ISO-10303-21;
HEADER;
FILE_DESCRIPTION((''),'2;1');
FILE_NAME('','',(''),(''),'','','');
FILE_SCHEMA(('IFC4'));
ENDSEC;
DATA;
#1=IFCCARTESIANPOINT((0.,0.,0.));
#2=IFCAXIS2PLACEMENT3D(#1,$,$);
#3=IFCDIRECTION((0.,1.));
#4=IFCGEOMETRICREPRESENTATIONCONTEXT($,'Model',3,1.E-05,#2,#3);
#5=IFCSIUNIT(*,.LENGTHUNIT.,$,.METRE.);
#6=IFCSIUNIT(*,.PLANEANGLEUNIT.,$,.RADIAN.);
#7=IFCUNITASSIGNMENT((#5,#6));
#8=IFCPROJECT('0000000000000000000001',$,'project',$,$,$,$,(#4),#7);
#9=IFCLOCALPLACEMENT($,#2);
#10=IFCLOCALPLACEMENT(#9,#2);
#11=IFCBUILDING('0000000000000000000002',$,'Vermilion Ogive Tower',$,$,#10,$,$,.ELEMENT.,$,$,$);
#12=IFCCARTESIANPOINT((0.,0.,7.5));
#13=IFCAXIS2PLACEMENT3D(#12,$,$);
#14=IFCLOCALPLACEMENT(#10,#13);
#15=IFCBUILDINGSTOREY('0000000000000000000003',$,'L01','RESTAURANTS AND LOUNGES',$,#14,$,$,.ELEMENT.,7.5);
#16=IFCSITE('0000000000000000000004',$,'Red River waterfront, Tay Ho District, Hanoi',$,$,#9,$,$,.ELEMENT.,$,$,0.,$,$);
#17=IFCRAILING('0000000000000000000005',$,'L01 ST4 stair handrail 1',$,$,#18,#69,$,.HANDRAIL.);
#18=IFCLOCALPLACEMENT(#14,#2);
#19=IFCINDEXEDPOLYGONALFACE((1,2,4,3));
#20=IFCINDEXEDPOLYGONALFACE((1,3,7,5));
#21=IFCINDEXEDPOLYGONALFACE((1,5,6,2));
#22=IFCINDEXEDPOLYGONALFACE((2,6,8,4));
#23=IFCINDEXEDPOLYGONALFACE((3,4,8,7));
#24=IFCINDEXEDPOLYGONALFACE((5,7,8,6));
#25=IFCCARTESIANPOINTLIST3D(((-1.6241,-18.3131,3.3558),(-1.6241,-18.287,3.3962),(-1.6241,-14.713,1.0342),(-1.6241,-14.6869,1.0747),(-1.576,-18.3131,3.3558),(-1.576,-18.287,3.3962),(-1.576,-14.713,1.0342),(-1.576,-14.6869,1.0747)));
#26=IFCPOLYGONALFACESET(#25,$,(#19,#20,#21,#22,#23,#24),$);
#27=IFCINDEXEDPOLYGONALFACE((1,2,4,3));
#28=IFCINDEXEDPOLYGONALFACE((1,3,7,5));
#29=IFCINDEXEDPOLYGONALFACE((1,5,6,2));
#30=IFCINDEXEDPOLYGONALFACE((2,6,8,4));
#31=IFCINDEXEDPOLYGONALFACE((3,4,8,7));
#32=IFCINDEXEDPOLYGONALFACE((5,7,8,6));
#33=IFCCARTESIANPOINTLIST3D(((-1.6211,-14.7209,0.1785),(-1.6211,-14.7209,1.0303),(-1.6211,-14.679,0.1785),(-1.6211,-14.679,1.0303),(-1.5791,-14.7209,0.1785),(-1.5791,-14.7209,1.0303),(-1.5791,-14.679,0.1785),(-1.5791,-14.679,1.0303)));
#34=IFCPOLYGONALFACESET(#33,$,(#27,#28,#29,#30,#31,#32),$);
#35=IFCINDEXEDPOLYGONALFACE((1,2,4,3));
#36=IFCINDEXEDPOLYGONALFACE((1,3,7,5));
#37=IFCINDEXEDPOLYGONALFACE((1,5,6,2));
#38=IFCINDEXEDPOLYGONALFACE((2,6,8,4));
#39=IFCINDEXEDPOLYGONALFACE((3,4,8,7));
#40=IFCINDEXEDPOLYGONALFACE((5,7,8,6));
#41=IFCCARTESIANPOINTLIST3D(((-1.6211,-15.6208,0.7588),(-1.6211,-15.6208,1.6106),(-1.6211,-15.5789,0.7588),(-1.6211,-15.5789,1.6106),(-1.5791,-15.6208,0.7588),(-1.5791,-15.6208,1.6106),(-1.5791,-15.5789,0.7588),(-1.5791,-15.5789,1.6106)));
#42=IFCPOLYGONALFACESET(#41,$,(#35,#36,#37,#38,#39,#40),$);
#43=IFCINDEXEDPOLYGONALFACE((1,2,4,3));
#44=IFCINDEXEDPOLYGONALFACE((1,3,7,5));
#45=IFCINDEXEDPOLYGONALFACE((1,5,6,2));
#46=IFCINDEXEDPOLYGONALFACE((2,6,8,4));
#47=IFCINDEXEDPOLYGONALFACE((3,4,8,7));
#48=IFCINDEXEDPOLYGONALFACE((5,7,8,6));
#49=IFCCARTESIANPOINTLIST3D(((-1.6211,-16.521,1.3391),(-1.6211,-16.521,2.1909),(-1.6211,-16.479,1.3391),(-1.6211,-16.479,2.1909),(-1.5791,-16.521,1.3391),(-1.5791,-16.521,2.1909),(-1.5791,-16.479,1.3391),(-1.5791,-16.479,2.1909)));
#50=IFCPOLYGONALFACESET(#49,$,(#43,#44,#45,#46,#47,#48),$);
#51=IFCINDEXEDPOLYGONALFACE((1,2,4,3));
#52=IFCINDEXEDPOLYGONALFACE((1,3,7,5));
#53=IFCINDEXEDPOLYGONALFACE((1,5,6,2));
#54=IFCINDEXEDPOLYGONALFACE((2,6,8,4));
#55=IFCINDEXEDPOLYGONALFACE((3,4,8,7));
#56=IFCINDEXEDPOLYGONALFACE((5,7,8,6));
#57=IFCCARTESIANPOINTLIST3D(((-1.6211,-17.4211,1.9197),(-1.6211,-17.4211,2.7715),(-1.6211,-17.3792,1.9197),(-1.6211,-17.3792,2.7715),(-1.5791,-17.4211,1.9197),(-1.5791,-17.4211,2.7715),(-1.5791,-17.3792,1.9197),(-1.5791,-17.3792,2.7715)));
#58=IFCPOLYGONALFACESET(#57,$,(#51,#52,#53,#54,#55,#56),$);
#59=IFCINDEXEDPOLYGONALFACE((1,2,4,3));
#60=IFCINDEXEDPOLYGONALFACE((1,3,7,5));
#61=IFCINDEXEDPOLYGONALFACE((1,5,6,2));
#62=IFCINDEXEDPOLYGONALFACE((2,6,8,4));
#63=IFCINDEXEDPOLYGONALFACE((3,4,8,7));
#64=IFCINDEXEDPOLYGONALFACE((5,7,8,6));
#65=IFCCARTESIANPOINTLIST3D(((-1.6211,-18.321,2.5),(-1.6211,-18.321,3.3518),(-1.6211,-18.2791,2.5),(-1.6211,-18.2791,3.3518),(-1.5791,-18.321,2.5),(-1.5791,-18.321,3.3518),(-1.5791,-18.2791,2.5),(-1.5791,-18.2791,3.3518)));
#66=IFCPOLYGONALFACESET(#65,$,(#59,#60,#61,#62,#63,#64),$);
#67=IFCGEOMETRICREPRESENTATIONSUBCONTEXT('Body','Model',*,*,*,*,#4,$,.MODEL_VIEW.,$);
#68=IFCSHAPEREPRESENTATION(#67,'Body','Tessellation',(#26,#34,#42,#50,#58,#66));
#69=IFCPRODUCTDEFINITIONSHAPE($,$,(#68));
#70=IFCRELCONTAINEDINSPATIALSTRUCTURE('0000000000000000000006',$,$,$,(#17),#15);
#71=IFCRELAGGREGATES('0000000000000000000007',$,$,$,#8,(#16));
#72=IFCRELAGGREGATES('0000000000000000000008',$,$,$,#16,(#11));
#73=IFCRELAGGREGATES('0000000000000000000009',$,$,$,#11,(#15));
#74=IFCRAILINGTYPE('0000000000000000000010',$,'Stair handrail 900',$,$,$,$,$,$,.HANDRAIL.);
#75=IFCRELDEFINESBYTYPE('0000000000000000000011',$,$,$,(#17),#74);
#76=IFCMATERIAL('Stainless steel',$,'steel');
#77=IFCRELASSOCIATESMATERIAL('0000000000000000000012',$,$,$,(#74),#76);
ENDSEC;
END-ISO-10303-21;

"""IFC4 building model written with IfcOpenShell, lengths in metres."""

from ifc_helpers import new_model, si_unit, direction, frame, origin, origin_2d, place, context, subcontext, project, spatial, rectangle, extrude, material, type_object, element, save


model = new_model("IFC4")

# Units and contexts
model_context = context("Model", 3, precision=1e-05, world=origin(), true_north=direction((0.0, 1.0)))
body_context = subcontext(model_context, "Body", "Model", "MODEL_VIEW")
ifc_project = project(units=[si_unit("LENGTHUNIT", "METRE"), si_unit("PLANEANGLEUNIT", "RADIAN")], contexts=[model_context])

# Site, building, storey
site_placement = place(None, origin())
site = spatial("IfcSite", under=ifc_project, at=site_placement, Name="Red River waterfront, Tay Ho District, Hanoi", CompositionType="ELEMENT", RefElevation=0.0)
building_placement = place(site_placement, origin())
building = spatial("IfcBuilding", under=site, at=building_placement, Name="Vermilion Ogive Tower", CompositionType="ELEMENT")
storey_placement = place(building_placement, frame((0.0, 0.0, 7.5)))
storey = spatial("IfcBuildingStorey", under=building, at=storey_placement, Name="L01", Description="RESTAURANTS AND LOUNGES", CompositionType="ELEMENT", Elevation=7.5)

# Railing
ifc_material_1 = material(Name="Stainless steel", Category="steel")
railing_type_1 = type_object("IfcRailingType", Name="Stair handrail 900", PredefinedType="HANDRAIL", material=ifc_material_1)
railing_1_placement = place(storey_placement, frame((-1.6001, -14.7, 0.1785)))
element("IfcRailing", 1, at=railing_1_placement, inside=storey, type_object=railing_type_1, Name="L01 ST4 stair handrail 1", PredefinedType="HANDRAIL", context=body_context, shape_type="SweptSolid", body=[
    extrude(rectangle(XDim=0.0481, YDim=0.0481, at=origin_2d()), frame((0.0, 0.0, 0.876), z_axis=(0.0, -0.840415, 0.541944), x_axis=(1.0, 0.0, 0.0)), (0.0, 0.0, 1.0), 4.2837),
    extrude(rectangle(XDim=0.042, YDim=0.042, at=origin_2d()), origin(), (0.0, 0.0, 1.0), 0.8518),
    extrude(rectangle(XDim=0.042, YDim=0.042, at=origin_2d()), frame((0.0, -0.8999, 0.5803)), (0.0, 0.0, 1.0), 0.8518),
    extrude(rectangle(XDim=0.042, YDim=0.042, at=origin_2d()), frame((0.0, -1.8, 1.1606)), (0.0, 0.0, 1.0), 0.8518),
    extrude(rectangle(XDim=0.042, YDim=0.042, at=origin_2d()), frame((0.0, -2.7002, 1.7412)), (0.0, 0.0, 1.0), 0.8518),
    extrude(rectangle(XDim=0.042, YDim=0.042, at=origin_2d()), frame((0.0, -3.6001, 2.3215)), (0.0, 0.0, 1.0), 0.8518),
])

save(model, "model.ifc")
